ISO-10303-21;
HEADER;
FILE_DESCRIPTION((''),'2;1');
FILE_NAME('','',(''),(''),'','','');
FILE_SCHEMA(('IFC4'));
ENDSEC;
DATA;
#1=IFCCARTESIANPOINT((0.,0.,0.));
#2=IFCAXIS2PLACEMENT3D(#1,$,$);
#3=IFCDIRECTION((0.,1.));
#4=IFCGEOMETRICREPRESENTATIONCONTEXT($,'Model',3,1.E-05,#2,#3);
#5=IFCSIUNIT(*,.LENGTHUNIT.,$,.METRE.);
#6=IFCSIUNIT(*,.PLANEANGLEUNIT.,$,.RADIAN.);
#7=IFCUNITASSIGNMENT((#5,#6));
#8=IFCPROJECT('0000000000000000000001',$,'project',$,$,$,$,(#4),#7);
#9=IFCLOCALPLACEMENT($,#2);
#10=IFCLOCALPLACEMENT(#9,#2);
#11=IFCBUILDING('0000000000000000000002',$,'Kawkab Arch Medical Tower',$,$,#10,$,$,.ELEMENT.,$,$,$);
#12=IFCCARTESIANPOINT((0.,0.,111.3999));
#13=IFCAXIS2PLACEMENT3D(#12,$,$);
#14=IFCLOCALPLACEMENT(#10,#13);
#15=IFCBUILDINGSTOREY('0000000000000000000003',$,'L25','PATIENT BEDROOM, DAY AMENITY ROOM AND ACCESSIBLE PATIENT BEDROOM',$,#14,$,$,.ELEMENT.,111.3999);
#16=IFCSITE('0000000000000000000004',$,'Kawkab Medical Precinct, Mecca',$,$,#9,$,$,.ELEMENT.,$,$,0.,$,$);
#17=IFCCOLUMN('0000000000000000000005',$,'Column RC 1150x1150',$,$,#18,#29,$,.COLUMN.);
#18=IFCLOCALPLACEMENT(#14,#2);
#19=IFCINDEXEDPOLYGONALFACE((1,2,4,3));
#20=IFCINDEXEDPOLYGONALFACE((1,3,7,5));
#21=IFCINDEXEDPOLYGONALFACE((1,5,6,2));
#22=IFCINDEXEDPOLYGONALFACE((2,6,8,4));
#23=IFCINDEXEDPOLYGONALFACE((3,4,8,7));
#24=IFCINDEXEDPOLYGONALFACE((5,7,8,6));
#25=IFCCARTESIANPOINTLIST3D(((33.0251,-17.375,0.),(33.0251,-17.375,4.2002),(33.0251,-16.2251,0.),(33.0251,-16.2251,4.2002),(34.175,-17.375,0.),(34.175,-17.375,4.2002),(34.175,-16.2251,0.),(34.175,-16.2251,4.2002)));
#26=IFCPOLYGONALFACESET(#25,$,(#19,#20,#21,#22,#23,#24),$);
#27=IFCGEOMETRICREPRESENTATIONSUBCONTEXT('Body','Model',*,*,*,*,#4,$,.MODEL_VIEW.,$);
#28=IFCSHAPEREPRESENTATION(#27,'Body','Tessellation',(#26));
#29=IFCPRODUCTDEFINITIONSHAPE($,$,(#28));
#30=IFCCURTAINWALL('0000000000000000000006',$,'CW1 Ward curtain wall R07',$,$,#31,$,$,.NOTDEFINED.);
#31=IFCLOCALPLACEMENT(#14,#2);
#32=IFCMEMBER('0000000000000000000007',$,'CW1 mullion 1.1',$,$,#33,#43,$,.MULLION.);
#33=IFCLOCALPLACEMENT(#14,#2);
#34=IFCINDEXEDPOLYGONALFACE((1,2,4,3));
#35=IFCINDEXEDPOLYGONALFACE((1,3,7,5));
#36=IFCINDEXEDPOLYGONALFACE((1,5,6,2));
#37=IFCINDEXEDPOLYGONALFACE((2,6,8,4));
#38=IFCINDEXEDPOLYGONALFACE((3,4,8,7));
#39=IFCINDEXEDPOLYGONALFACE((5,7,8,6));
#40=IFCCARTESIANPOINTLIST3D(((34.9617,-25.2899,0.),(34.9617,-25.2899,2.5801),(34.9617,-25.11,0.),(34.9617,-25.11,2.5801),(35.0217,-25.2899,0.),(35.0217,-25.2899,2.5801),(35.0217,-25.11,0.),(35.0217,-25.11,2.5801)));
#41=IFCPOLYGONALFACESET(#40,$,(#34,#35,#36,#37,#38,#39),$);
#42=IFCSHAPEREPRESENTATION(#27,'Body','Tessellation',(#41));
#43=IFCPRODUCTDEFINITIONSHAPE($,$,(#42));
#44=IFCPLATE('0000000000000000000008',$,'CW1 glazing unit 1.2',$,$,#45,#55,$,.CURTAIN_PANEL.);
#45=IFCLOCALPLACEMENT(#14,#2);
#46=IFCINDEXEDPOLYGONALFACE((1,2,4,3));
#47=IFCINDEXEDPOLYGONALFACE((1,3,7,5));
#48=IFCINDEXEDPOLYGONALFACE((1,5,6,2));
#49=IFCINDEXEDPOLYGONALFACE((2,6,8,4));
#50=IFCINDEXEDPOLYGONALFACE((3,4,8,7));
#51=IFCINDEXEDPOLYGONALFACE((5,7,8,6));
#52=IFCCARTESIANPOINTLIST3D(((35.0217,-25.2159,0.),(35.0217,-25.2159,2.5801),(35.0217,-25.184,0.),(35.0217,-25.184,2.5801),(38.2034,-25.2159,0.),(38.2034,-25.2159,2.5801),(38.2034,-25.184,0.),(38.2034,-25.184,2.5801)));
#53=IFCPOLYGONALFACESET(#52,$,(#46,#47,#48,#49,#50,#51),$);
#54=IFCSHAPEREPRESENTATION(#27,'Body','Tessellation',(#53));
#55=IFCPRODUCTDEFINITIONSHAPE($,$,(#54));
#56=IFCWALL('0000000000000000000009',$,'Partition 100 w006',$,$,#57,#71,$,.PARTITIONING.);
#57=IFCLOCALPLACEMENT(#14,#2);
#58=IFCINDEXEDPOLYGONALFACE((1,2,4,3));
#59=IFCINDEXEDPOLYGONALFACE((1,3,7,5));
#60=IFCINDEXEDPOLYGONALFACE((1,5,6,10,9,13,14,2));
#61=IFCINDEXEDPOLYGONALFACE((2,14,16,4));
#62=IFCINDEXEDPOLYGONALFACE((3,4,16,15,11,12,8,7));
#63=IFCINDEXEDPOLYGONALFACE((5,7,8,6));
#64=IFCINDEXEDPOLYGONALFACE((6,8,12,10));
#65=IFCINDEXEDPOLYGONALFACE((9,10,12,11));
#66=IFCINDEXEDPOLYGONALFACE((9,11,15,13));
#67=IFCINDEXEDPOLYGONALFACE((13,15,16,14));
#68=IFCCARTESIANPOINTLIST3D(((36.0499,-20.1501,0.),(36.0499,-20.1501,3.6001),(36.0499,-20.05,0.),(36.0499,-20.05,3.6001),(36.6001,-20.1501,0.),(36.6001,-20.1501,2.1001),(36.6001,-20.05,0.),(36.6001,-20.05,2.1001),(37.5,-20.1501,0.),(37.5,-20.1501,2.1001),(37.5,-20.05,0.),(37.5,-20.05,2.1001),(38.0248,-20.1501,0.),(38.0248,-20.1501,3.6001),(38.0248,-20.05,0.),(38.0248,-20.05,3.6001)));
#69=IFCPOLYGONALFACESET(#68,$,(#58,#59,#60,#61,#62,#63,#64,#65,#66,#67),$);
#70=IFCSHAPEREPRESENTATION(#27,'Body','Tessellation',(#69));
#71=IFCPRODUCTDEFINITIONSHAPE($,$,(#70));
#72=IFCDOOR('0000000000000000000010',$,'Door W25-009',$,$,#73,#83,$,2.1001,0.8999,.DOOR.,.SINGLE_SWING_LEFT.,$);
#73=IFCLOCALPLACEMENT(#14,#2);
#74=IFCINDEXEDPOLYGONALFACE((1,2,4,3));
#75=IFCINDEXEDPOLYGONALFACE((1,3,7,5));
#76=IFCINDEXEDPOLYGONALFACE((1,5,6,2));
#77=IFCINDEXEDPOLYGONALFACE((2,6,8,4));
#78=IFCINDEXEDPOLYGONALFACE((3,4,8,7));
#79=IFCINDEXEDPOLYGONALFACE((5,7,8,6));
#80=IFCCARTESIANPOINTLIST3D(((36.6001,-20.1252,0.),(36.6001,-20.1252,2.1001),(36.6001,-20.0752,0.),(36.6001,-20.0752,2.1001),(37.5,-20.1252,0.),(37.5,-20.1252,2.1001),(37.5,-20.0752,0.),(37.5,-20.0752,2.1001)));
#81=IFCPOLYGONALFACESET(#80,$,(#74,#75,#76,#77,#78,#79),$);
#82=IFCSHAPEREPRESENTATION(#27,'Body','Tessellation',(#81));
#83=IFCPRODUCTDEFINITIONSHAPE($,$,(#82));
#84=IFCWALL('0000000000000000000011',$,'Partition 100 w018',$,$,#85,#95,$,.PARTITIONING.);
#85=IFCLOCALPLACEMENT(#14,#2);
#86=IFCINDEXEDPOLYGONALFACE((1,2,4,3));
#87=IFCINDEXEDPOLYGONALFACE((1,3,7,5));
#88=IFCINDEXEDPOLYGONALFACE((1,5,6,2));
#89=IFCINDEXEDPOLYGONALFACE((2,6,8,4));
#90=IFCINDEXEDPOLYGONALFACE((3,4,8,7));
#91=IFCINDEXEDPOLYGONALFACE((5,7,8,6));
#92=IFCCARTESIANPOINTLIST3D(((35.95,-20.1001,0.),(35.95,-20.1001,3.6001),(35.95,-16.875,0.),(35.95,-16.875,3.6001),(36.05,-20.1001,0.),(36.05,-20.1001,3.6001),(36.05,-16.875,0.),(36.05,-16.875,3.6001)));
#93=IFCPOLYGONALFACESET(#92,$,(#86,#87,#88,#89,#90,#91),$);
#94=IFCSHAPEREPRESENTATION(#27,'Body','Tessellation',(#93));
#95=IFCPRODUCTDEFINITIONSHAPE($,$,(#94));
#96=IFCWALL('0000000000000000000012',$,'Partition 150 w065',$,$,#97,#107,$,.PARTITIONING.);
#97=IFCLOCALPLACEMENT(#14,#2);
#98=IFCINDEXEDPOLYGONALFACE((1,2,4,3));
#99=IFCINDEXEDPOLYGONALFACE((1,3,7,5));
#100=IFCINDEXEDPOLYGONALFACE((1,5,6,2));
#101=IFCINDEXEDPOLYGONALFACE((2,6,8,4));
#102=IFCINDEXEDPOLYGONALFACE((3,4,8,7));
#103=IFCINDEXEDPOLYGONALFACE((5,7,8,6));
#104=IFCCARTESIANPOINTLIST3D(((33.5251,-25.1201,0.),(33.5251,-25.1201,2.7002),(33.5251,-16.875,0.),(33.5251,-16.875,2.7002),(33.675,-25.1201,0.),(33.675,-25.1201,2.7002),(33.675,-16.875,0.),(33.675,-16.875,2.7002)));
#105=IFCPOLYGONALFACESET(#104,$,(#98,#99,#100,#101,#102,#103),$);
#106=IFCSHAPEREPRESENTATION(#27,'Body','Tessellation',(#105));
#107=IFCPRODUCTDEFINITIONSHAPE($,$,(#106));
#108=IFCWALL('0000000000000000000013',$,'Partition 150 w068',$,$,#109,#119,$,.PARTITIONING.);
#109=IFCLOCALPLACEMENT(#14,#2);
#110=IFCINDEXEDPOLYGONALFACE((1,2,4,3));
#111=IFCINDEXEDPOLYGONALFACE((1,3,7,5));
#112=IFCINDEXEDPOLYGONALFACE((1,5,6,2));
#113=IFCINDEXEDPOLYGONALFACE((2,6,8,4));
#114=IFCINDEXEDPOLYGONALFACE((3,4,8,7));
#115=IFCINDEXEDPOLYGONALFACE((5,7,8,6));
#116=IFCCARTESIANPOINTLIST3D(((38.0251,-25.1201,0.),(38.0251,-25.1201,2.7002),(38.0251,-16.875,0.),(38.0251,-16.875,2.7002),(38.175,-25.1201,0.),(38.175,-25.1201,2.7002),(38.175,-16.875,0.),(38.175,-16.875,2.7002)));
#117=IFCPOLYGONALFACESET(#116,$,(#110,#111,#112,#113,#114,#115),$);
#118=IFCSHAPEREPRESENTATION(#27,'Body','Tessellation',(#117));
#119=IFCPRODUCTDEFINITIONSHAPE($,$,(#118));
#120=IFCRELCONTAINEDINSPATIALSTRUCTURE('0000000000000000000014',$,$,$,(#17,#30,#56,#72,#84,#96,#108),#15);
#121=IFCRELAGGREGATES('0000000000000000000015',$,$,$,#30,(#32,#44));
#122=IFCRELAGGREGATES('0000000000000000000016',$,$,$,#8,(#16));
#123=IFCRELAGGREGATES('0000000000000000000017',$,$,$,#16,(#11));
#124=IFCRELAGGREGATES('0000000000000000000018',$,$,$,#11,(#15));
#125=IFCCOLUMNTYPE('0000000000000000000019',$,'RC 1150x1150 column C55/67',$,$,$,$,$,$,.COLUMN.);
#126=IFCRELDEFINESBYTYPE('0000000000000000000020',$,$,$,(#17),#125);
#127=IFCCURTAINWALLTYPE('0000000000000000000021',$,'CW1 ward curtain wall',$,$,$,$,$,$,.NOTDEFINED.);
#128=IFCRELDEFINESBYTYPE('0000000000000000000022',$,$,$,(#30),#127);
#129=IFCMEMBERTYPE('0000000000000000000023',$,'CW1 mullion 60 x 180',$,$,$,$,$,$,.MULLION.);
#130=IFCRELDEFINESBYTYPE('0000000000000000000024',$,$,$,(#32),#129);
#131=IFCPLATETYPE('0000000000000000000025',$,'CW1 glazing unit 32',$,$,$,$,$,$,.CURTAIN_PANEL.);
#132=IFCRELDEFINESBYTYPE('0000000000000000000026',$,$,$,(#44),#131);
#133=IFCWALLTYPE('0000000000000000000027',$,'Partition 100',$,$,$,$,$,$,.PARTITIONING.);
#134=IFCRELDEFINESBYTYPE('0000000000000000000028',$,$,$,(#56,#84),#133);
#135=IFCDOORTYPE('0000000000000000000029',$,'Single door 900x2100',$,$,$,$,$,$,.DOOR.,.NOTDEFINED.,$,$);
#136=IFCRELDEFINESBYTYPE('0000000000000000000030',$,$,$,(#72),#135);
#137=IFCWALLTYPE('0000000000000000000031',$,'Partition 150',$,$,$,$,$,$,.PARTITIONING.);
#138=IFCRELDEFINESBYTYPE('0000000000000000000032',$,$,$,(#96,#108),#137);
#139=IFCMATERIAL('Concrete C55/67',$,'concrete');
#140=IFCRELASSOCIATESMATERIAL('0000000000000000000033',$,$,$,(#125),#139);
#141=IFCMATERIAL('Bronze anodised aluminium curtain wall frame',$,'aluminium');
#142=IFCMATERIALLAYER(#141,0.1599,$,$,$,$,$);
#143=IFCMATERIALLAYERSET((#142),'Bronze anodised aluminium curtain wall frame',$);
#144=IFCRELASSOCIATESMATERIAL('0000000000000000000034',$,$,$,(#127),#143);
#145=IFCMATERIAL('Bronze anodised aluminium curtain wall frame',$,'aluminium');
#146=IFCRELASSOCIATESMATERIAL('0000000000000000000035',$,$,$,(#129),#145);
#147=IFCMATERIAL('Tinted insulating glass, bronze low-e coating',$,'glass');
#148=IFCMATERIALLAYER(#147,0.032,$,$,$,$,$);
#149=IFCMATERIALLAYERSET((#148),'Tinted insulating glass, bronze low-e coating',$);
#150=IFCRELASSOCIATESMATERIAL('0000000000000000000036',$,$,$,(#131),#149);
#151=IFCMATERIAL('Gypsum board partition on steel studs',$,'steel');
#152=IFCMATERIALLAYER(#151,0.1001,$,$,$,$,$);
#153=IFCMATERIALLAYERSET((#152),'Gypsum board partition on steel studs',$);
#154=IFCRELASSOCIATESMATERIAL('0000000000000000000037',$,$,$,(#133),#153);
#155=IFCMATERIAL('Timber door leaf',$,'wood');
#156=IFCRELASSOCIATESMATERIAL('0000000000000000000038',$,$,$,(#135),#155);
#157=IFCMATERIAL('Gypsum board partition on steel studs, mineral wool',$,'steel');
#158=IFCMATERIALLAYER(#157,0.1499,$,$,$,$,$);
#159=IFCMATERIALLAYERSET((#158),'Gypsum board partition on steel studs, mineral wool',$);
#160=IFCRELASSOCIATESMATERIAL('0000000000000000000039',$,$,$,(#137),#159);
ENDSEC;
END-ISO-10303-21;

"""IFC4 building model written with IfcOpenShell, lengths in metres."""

from ifc_helpers import new_model, si_unit, direction, frame, frame_2d, origin, origin_2d, place, context, subcontext, project, spatial, rectangle, extrude, material, layer, layer_set, material_profile, profile_set, type_object, element, fill, aggregate, save


model = new_model("IFC4")

# Units and contexts
model_context = context("Model", 3, precision=1e-05, world=origin(), true_north=direction((0.0, 1.0)))
body_context = subcontext(model_context, "Body", "Model", "MODEL_VIEW")
ifc_project = project(units=[si_unit("LENGTHUNIT", "METRE"), si_unit("PLANEANGLEUNIT", "RADIAN")], contexts=[model_context])

# Site, building, storey
site_placement = place(None, origin())
site = spatial("IfcSite", under=ifc_project, at=site_placement, Name="Kawkab Medical Precinct, Mecca", CompositionType="ELEMENT", RefElevation=0.0)
building_placement = place(site_placement, origin())
building = spatial("IfcBuilding", under=site, at=building_placement, Name="Kawkab Arch Medical Tower", CompositionType="ELEMENT")
storey_placement = place(building_placement, frame((0.0, 0.0, 111.3999)))
storey = spatial("IfcBuildingStorey", under=building, at=storey_placement, Name="L25", Description="PATIENT BEDROOM, DAY AMENITY ROOM AND ACCESSIBLE PATIENT BEDROOM", CompositionType="ELEMENT", Elevation=111.3999)

# Column
ifc_material_1 = material(Name="Concrete C55/67", Category="concrete")
ifc_material_profile_1 = material_profile(ifc_material_1, rectangle(XDim=1.1499, YDim=1.1499, at=origin_2d()), Name="RC 1150x1150")
ifc_profile_set_1 = profile_set([ifc_material_profile_1], Name="Concrete C55/67")
column_type = type_object("IfcColumnType", Name="RC 1150x1150 column C55/67", PredefinedType="COLUMN", material=ifc_profile_set_1)
column_placement = place(storey_placement, frame((33.6001, -16.8, 0.0), z_axis=(0.0, 0.0, 1.0), x_axis=(1.0, 0.0, 0.0)))
element("IfcColumn", 1, at=column_placement, inside=storey, type_object=column_type, Name="Column RC 1150x1150", PredefinedType="COLUMN", context=body_context, shape_type="SweptSolid", body=[
    extrude(rectangle(XDim=1.1499, YDim=1.1499, at=origin_2d()), origin(), (0.0, 0.0, 1.0), 4.2002),
])

# Curtain wall, member, plate
ifc_material_2 = material(Name="Bronze anodised aluminium curtain wall frame", Category="aluminium")
ifc_layer_1 = layer(ifc_material_2, 0.1599)
ifc_layer_set_1 = layer_set([ifc_layer_1], Name="Bronze anodised aluminium curtain wall frame")
curtain_wall_type = type_object("IfcCurtainWallType", Name="CW1 ward curtain wall", PredefinedType="NOTDEFINED", material=ifc_layer_set_1)
curtain_wall_placement = place(storey_placement, origin())
curtain_wall = element("IfcCurtainWall", 2, at=curtain_wall_placement, inside=storey, type_object=curtain_wall_type, Name="CW1 Ward curtain wall R07", PredefinedType="NOTDEFINED")
ifc_material_3 = material(Name="Bronze anodised aluminium curtain wall frame", Category="aluminium")
ifc_material_profile_2 = material_profile(ifc_material_3, rectangle(XDim=0.1799, YDim=0.0601, at=origin_2d()), Name="AL 60x180")
ifc_profile_set_2 = profile_set([ifc_material_profile_2], Name="Bronze anodised aluminium curtain wall frame")
member_type = type_object("IfcMemberType", Name="CW1 mullion 60 x 180", PredefinedType="MULLION", material=ifc_profile_set_2)
member_placement = place(storey_placement, frame((34.9917, -25.2, 0.0), z_axis=(0.0, 0.0, 1.0), x_axis=(0.0, 1.0, 0.0)))
member = element("IfcMember", 3, at=member_placement, type_object=member_type, Name="CW1 mullion 1.1", PredefinedType="MULLION", context=body_context, shape_type="SweptSolid", body=[
    extrude(rectangle(XDim=0.1799, YDim=0.0601, at=origin_2d()), origin(), (0.0, 0.0, 1.0), 2.5801),
])
ifc_material_4 = material(Name="Tinted insulating glass, bronze low-e coating", Category="glass")
ifc_layer_2 = layer(ifc_material_4, 0.032)
ifc_layer_set_2 = layer_set([ifc_layer_2], Name="Tinted insulating glass, bronze low-e coating")
plate_type = type_object("IfcPlateType", Name="CW1 glazing unit 32", PredefinedType="CURTAIN_PANEL", material=ifc_layer_set_2)
plate_placement = place(storey_placement, frame((36.6125, -25.2, 0.0), z_axis=(0.0, 0.0, 1.0), x_axis=(1.0, 0.0, 0.0)))
plate = element("IfcPlate", 4, at=plate_placement, type_object=plate_type, Name="CW1 glazing unit 1.2", PredefinedType="CURTAIN_PANEL", context=body_context, shape_type="SweptSolid", body=[
    extrude(rectangle(XDim=3.1816, YDim=0.032, at=origin_2d()), origin(), (0.0, 0.0, 1.0), 2.5801),
])
aggregate(curtain_wall, [member, plate])

# Wall, opening, door
ifc_material_5 = material(Name="Gypsum board partition on steel studs", Category="steel")
ifc_layer_3 = layer(ifc_material_5, 0.1001)
ifc_layer_set_3 = layer_set([ifc_layer_3], Name="Gypsum board partition on steel studs")
wall_type_1 = type_object("IfcWallType", Name="Partition 100", PredefinedType="PARTITIONING", material=ifc_layer_set_3)
wall_1_placement = place(storey_placement, frame((36.05, -20.1001, 0.0), z_axis=(0.0, 0.0, 1.0), x_axis=(1.0, 0.0, 0.0)))
wall_1 = element("IfcWall", 5, at=wall_1_placement, inside=storey, type_object=wall_type_1, Name="Partition 100 w006", PredefinedType="PARTITIONING", context=body_context, shape_type="SweptSolid", body=[
    extrude(rectangle(XDim=1.9749, YDim=0.1001, at=frame_2d((0.9873, 0.0))), origin(), (0.0, 0.0, 1.0), 3.6001),
])
opening_placement = place(wall_1_placement, frame((0.55, 0.0, 0.0)))
opening = element("IfcOpeningElement", 6, at=opening_placement, cuts=wall_1, PredefinedType="OPENING", context=body_context, shape_type="SweptSolid", body=[
    extrude(rectangle(XDim=0.8999, YDim=2.1001, at=frame_2d((0.45, 1.05))), frame((0.0, 0.0601, 0.0), z_axis=(0.0, -1.0, 0.0), x_axis=(1.0, 0.0, 0.0)), (0.0, 0.0, 1.0), 0.1201),
])
ifc_material_6 = material(Name="Timber door leaf", Category="wood")
door_type = type_object("IfcDoorType", Name="Single door 900x2100", OperationType="NOTDEFINED", PredefinedType="DOOR", material=ifc_material_6)
door_placement = place(opening_placement, origin())
door = element("IfcDoor", 7, at=door_placement, inside=storey, type_object=door_type, Name="Door W25-009", OperationType="SINGLE_SWING_LEFT", OverallHeight=2.1001, OverallWidth=0.8999, PredefinedType="DOOR", context=body_context, shape_type="SweptSolid", body=[
    extrude(rectangle(XDim=0.8999, YDim=2.1001, at=frame_2d((0.45, 1.05))), frame((0.0, 0.0249, 0.0), z_axis=(0.0, -1.0, 0.0), x_axis=(1.0, 0.0, 0.0)), (0.0, 0.0, 1.0), 0.05),
])
fill(opening, door)

# Walls
wall_2_placement = place(storey_placement, frame((36.0, -20.1001, 0.0), z_axis=(0.0, 0.0, 1.0), x_axis=(0.0, 1.0, 0.0)))
element("IfcWall", 8, at=wall_2_placement, inside=storey, type_object=wall_type_1, Name="Partition 100 w018", PredefinedType="PARTITIONING", context=body_context, shape_type="SweptSolid", body=[
    extrude(rectangle(XDim=3.2251, YDim=0.1001, at=frame_2d((1.6125, 0.0))), origin(), (0.0, 0.0, 1.0), 3.6001),
])
ifc_material_7 = material(Name="Gypsum board partition on steel studs, mineral wool", Category="steel")
ifc_layer_4 = layer(ifc_material_7, 0.1499)
ifc_layer_set_4 = layer_set([ifc_layer_4], Name="Gypsum board partition on steel studs, mineral wool")
wall_type_2 = type_object("IfcWallType", Name="Partition 150", PredefinedType="PARTITIONING", material=ifc_layer_set_4)
for number, where, z_axis, x_axis, name in (
    (9, (33.6001, -25.1201, 0.0), (0.0, 0.0, 1.0), (0.0, 1.0, 0.0), "Partition 150 w065"),
    (10, (38.1001, -25.1201, 0.0), (0.0, 0.0, 1.0), (0.0, 1.0, 0.0), "Partition 150 w068"),
):
    element("IfcWall", number, at=place(storey_placement, frame(where, z_axis=z_axis, x_axis=x_axis)), inside=storey, type_object=wall_type_2, Name=name, PredefinedType="PARTITIONING", context=body_context, shape_type="SweptSolid", body=[
        extrude(rectangle(XDim=8.2451, YDim=0.1499, at=frame_2d((4.1226, 0.0))), origin(), (0.0, 0.0, 1.0), 2.7002),
    ])

save(model, "model.ifc")
